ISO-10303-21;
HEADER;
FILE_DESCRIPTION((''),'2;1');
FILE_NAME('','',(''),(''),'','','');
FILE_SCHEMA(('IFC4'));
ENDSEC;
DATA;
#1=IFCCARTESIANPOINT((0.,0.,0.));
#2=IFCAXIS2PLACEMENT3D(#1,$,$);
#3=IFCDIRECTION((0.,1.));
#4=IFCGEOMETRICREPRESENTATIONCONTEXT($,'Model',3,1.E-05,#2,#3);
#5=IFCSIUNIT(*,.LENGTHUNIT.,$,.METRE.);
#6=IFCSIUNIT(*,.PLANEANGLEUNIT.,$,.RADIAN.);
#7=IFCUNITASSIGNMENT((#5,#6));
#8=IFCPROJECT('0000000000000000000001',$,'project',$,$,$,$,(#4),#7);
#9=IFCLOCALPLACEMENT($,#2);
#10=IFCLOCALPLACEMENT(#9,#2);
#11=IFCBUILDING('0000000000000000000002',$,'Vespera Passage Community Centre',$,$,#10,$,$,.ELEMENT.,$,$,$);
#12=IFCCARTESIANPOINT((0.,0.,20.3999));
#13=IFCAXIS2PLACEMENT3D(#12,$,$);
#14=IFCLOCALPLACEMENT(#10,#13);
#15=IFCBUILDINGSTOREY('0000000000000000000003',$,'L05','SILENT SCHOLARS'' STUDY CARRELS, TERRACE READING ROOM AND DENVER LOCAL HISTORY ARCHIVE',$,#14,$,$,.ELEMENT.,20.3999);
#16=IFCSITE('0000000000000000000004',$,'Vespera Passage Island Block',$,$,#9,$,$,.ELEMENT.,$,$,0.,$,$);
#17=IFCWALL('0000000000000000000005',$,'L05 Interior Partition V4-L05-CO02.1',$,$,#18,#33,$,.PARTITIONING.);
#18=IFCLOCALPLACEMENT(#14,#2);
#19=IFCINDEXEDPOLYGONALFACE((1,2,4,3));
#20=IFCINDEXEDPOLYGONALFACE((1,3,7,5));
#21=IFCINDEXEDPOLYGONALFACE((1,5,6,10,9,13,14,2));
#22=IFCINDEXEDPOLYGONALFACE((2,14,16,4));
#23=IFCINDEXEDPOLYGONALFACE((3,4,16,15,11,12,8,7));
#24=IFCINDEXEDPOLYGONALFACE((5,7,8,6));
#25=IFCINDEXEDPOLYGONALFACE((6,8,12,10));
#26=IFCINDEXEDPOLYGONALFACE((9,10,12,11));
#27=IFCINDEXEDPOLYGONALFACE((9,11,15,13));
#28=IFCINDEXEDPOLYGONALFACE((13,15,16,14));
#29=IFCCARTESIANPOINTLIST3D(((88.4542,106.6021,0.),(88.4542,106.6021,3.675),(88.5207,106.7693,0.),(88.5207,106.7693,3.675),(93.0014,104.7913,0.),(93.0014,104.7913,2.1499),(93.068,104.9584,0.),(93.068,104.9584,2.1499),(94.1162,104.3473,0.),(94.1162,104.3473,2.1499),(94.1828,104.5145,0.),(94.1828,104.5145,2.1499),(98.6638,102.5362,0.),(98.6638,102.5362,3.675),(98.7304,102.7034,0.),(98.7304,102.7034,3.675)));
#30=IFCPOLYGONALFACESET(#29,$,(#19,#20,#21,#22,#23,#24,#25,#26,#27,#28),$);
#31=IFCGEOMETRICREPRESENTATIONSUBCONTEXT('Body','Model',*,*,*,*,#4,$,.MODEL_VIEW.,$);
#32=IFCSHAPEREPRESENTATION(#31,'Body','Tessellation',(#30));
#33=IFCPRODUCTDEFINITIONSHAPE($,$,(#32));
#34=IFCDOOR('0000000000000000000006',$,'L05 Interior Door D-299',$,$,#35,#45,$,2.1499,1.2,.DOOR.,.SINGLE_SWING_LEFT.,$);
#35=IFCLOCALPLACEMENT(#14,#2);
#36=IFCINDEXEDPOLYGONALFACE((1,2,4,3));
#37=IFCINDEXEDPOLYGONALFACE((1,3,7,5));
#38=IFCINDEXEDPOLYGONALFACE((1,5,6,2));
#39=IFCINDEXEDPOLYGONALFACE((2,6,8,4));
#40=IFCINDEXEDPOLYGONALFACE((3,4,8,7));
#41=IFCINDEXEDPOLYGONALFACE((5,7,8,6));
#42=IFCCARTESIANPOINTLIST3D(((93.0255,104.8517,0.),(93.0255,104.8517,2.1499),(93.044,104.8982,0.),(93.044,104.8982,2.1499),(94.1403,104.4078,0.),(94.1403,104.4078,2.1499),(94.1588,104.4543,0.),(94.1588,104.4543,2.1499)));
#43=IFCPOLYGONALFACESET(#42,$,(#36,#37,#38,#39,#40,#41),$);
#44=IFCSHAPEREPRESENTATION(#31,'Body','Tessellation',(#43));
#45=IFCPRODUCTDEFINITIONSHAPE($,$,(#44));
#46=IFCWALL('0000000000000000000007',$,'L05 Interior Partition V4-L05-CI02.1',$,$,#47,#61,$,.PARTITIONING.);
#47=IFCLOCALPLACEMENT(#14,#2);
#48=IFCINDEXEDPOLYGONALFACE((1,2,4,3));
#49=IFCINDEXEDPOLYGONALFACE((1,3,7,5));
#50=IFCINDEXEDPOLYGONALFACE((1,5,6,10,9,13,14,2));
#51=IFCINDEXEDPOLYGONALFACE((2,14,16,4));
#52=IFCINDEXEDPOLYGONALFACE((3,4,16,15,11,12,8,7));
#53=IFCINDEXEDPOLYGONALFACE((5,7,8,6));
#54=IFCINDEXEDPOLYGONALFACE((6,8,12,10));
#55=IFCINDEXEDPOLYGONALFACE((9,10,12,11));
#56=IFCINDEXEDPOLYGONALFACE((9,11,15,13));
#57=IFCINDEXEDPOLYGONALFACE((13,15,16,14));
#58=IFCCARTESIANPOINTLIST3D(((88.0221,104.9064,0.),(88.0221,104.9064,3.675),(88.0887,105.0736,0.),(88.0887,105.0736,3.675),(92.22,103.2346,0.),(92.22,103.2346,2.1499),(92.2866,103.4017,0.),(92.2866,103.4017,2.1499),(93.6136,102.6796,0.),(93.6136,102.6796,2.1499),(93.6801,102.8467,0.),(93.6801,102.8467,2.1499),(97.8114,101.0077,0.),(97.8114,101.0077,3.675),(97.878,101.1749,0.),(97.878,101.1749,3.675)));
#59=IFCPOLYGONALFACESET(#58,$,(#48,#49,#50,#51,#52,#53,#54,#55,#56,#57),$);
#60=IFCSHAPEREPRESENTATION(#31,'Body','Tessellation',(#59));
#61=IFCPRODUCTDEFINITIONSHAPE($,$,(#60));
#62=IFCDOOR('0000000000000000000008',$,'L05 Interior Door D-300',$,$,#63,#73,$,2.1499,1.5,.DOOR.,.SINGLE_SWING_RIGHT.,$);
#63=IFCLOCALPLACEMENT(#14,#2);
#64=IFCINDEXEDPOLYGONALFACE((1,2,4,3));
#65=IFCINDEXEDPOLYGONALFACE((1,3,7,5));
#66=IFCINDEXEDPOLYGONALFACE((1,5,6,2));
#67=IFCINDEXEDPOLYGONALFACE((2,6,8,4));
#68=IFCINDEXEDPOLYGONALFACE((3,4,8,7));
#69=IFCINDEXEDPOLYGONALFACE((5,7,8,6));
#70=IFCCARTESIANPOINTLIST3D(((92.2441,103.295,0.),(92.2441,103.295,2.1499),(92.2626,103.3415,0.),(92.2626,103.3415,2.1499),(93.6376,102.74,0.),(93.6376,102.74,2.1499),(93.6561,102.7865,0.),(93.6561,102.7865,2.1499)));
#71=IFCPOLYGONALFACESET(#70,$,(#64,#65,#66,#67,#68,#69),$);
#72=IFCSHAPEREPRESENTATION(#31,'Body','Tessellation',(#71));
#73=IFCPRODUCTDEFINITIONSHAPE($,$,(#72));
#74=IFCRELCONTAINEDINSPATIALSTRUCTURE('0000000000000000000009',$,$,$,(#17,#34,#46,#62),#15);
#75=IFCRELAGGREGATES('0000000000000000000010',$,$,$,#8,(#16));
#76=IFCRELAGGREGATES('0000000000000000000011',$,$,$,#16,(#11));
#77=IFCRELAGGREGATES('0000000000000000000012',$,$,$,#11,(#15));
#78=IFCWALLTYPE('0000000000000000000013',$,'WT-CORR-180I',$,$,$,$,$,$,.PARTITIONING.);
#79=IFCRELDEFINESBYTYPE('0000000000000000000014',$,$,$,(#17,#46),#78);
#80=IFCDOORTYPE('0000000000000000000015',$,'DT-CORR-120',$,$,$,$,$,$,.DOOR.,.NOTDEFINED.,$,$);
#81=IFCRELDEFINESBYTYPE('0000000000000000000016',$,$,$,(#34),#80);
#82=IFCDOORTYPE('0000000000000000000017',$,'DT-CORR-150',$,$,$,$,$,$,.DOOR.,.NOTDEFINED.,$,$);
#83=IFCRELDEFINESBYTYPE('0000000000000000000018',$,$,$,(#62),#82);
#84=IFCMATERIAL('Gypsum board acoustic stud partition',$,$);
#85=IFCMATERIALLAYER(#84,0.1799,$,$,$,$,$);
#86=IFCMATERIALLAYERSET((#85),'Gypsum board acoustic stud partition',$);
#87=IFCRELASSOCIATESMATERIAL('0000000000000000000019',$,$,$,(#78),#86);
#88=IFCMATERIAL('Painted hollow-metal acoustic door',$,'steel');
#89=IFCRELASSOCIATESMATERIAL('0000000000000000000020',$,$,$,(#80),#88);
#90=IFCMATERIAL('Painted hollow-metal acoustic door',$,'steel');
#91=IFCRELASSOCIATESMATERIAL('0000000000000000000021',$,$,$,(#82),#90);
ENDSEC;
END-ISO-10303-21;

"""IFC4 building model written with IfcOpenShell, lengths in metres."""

from ifc_helpers import new_model, si_unit, direction, frame, frame_2d, origin, place, context, subcontext, project, spatial, rectangle, extrude, material, layer, layer_set, type_object, element, fill, save


model = new_model("IFC4")

# Units and contexts
model_context = context("Model", 3, precision=1e-05, world=origin(), true_north=direction((0.0, 1.0)))
body_context = subcontext(model_context, "Body", "Model", "MODEL_VIEW")
ifc_project = project(units=[si_unit("LENGTHUNIT", "METRE"), si_unit("PLANEANGLEUNIT", "RADIAN")], contexts=[model_context])

# Site, building, storey
site_placement = place(None, origin())
site = spatial("IfcSite", under=ifc_project, at=site_placement, Name="Vespera Passage Island Block", CompositionType="ELEMENT", RefElevation=0.0)
building_placement = place(site_placement, origin())
building = spatial("IfcBuilding", under=site, at=building_placement, Name="Vespera Passage Community Centre", CompositionType="ELEMENT")
storey_placement = place(building_placement, frame((0.0, 0.0, 20.3999)))
storey = spatial("IfcBuildingStorey", under=building, at=storey_placement, Name="L05", Description="SILENT SCHOLARS' STUDY CARRELS, TERRACE READING ROOM AND DENVER LOCAL HISTORY ARCHIVE", CompositionType="ELEMENT", Elevation=20.3999)

# Walls, openings, doors
ifc_material_1 = material(Name="Gypsum board acoustic stud partition")
ifc_layer_1 = layer(ifc_material_1, 0.1799)
ifc_layer_set_1 = layer_set([ifc_layer_1], Name="Gypsum board acoustic stud partition")
wall_type = type_object("IfcWallType", Name="WT-CORR-180I", PredefinedType="PARTITIONING", material=ifc_layer_set_1)
wall_1_placement = place(storey_placement, frame((98.697, 102.6199, 0.0), z_axis=(0.0, 0.0, 1.0), x_axis=(-0.929039, 0.369981, 0.0)))
wall_1 = element("IfcWall", 1, at=wall_1_placement, inside=storey, type_object=wall_type, Name="L05 Interior Partition V4-L05-CO02.1", PredefinedType="PARTITIONING", context=body_context, shape_type="SweptSolid", body=[
    extrude(rectangle(XDim=10.9895, YDim=0.1799, at=frame_2d((5.4946, 0.0))), origin(), (0.0, 0.0, 1.0), 3.675),
])
opening_1_placement = place(wall_1_placement, frame((4.8948, 0.0, 0.0)))
opening_1 = element("IfcOpeningElement", 2, at=opening_1_placement, cuts=wall_1, PredefinedType="OPENING", context=body_context, shape_type="SweptSolid", body=[
    extrude(rectangle(XDim=1.2, YDim=2.1499, at=frame_2d((0.6001, 1.075))), frame((0.0, 0.0999, 0.0), z_axis=(0.0, -1.0, 0.0), x_axis=(1.0, 0.0, 0.0)), (0.0, 0.0, 1.0), 0.2),
])
ifc_material_2 = material(Name="Painted hollow-metal acoustic door", Category="steel")
door_type_1 = type_object("IfcDoorType", Name="DT-CORR-120", OperationType="NOTDEFINED", PredefinedType="DOOR", material=ifc_material_2)
door_1_placement = place(opening_1_placement, origin())
door_1 = element("IfcDoor", 3, at=door_1_placement, inside=storey, type_object=door_type_1, Name="L05 Interior Door D-299", OperationType="SINGLE_SWING_LEFT", OverallHeight=2.1499, OverallWidth=1.2, PredefinedType="DOOR", context=body_context, shape_type="SweptSolid", body=[
    extrude(rectangle(XDim=1.2, YDim=2.1499, at=frame_2d((0.6001, 1.075))), frame((0.0, 0.0249, 0.0), z_axis=(0.0, -1.0, 0.0), x_axis=(1.0, 0.0, 0.0)), (0.0, 0.0, 1.0), 0.05),
])
fill(opening_1, door_1)
wall_2_placement = place(storey_placement, frame((97.8447, 101.0913, 0.0), z_axis=(0.0, 0.0, 1.0), x_axis=(-0.929033, 0.369996, 0.0)))
wall_2 = element("IfcWall", 4, at=wall_2_placement, inside=storey, type_object=wall_type, Name="L05 Interior Partition V4-L05-CI02.1", PredefinedType="PARTITIONING", context=body_context, shape_type="SweptSolid", body=[
    extrude(rectangle(XDim=10.5371, YDim=0.1799, at=frame_2d((5.2686, 0.0))), origin(), (0.0, 0.0, 1.0), 3.675),
])
opening_2_placement = place(wall_2_placement, frame((4.5186, 0.0, 0.0)))
opening_2 = element("IfcOpeningElement", 5, at=opening_2_placement, cuts=wall_2, PredefinedType="OPENING", context=body_context, shape_type="SweptSolid", body=[
    extrude(rectangle(XDim=1.5, YDim=2.1499, at=frame_2d((0.75, 1.075))), frame((0.0, 0.0999, 0.0), z_axis=(0.0, -1.0, 0.0), x_axis=(1.0, 0.0, 0.0)), (0.0, 0.0, 1.0), 0.2),
])
ifc_material_3 = material(Name="Painted hollow-metal acoustic door", Category="steel")
door_type_2 = type_object("IfcDoorType", Name="DT-CORR-150", OperationType="NOTDEFINED", PredefinedType="DOOR", material=ifc_material_3)
door_2_placement = place(opening_2_placement, origin())
door_2 = element("IfcDoor", 6, at=door_2_placement, inside=storey, type_object=door_type_2, Name="L05 Interior Door D-300", OperationType="SINGLE_SWING_RIGHT", OverallHeight=2.1499, OverallWidth=1.5, PredefinedType="DOOR", context=body_context, shape_type="SweptSolid", body=[
    extrude(rectangle(XDim=1.5, YDim=2.1499, at=frame_2d((0.75, 1.075))), frame((0.0, 0.0249, 0.0), z_axis=(0.0, -1.0, 0.0), x_axis=(1.0, 0.0, 0.0)), (0.0, 0.0, 1.0), 0.05),
])
fill(opening_2, door_2)

save(model, "model.ifc")
